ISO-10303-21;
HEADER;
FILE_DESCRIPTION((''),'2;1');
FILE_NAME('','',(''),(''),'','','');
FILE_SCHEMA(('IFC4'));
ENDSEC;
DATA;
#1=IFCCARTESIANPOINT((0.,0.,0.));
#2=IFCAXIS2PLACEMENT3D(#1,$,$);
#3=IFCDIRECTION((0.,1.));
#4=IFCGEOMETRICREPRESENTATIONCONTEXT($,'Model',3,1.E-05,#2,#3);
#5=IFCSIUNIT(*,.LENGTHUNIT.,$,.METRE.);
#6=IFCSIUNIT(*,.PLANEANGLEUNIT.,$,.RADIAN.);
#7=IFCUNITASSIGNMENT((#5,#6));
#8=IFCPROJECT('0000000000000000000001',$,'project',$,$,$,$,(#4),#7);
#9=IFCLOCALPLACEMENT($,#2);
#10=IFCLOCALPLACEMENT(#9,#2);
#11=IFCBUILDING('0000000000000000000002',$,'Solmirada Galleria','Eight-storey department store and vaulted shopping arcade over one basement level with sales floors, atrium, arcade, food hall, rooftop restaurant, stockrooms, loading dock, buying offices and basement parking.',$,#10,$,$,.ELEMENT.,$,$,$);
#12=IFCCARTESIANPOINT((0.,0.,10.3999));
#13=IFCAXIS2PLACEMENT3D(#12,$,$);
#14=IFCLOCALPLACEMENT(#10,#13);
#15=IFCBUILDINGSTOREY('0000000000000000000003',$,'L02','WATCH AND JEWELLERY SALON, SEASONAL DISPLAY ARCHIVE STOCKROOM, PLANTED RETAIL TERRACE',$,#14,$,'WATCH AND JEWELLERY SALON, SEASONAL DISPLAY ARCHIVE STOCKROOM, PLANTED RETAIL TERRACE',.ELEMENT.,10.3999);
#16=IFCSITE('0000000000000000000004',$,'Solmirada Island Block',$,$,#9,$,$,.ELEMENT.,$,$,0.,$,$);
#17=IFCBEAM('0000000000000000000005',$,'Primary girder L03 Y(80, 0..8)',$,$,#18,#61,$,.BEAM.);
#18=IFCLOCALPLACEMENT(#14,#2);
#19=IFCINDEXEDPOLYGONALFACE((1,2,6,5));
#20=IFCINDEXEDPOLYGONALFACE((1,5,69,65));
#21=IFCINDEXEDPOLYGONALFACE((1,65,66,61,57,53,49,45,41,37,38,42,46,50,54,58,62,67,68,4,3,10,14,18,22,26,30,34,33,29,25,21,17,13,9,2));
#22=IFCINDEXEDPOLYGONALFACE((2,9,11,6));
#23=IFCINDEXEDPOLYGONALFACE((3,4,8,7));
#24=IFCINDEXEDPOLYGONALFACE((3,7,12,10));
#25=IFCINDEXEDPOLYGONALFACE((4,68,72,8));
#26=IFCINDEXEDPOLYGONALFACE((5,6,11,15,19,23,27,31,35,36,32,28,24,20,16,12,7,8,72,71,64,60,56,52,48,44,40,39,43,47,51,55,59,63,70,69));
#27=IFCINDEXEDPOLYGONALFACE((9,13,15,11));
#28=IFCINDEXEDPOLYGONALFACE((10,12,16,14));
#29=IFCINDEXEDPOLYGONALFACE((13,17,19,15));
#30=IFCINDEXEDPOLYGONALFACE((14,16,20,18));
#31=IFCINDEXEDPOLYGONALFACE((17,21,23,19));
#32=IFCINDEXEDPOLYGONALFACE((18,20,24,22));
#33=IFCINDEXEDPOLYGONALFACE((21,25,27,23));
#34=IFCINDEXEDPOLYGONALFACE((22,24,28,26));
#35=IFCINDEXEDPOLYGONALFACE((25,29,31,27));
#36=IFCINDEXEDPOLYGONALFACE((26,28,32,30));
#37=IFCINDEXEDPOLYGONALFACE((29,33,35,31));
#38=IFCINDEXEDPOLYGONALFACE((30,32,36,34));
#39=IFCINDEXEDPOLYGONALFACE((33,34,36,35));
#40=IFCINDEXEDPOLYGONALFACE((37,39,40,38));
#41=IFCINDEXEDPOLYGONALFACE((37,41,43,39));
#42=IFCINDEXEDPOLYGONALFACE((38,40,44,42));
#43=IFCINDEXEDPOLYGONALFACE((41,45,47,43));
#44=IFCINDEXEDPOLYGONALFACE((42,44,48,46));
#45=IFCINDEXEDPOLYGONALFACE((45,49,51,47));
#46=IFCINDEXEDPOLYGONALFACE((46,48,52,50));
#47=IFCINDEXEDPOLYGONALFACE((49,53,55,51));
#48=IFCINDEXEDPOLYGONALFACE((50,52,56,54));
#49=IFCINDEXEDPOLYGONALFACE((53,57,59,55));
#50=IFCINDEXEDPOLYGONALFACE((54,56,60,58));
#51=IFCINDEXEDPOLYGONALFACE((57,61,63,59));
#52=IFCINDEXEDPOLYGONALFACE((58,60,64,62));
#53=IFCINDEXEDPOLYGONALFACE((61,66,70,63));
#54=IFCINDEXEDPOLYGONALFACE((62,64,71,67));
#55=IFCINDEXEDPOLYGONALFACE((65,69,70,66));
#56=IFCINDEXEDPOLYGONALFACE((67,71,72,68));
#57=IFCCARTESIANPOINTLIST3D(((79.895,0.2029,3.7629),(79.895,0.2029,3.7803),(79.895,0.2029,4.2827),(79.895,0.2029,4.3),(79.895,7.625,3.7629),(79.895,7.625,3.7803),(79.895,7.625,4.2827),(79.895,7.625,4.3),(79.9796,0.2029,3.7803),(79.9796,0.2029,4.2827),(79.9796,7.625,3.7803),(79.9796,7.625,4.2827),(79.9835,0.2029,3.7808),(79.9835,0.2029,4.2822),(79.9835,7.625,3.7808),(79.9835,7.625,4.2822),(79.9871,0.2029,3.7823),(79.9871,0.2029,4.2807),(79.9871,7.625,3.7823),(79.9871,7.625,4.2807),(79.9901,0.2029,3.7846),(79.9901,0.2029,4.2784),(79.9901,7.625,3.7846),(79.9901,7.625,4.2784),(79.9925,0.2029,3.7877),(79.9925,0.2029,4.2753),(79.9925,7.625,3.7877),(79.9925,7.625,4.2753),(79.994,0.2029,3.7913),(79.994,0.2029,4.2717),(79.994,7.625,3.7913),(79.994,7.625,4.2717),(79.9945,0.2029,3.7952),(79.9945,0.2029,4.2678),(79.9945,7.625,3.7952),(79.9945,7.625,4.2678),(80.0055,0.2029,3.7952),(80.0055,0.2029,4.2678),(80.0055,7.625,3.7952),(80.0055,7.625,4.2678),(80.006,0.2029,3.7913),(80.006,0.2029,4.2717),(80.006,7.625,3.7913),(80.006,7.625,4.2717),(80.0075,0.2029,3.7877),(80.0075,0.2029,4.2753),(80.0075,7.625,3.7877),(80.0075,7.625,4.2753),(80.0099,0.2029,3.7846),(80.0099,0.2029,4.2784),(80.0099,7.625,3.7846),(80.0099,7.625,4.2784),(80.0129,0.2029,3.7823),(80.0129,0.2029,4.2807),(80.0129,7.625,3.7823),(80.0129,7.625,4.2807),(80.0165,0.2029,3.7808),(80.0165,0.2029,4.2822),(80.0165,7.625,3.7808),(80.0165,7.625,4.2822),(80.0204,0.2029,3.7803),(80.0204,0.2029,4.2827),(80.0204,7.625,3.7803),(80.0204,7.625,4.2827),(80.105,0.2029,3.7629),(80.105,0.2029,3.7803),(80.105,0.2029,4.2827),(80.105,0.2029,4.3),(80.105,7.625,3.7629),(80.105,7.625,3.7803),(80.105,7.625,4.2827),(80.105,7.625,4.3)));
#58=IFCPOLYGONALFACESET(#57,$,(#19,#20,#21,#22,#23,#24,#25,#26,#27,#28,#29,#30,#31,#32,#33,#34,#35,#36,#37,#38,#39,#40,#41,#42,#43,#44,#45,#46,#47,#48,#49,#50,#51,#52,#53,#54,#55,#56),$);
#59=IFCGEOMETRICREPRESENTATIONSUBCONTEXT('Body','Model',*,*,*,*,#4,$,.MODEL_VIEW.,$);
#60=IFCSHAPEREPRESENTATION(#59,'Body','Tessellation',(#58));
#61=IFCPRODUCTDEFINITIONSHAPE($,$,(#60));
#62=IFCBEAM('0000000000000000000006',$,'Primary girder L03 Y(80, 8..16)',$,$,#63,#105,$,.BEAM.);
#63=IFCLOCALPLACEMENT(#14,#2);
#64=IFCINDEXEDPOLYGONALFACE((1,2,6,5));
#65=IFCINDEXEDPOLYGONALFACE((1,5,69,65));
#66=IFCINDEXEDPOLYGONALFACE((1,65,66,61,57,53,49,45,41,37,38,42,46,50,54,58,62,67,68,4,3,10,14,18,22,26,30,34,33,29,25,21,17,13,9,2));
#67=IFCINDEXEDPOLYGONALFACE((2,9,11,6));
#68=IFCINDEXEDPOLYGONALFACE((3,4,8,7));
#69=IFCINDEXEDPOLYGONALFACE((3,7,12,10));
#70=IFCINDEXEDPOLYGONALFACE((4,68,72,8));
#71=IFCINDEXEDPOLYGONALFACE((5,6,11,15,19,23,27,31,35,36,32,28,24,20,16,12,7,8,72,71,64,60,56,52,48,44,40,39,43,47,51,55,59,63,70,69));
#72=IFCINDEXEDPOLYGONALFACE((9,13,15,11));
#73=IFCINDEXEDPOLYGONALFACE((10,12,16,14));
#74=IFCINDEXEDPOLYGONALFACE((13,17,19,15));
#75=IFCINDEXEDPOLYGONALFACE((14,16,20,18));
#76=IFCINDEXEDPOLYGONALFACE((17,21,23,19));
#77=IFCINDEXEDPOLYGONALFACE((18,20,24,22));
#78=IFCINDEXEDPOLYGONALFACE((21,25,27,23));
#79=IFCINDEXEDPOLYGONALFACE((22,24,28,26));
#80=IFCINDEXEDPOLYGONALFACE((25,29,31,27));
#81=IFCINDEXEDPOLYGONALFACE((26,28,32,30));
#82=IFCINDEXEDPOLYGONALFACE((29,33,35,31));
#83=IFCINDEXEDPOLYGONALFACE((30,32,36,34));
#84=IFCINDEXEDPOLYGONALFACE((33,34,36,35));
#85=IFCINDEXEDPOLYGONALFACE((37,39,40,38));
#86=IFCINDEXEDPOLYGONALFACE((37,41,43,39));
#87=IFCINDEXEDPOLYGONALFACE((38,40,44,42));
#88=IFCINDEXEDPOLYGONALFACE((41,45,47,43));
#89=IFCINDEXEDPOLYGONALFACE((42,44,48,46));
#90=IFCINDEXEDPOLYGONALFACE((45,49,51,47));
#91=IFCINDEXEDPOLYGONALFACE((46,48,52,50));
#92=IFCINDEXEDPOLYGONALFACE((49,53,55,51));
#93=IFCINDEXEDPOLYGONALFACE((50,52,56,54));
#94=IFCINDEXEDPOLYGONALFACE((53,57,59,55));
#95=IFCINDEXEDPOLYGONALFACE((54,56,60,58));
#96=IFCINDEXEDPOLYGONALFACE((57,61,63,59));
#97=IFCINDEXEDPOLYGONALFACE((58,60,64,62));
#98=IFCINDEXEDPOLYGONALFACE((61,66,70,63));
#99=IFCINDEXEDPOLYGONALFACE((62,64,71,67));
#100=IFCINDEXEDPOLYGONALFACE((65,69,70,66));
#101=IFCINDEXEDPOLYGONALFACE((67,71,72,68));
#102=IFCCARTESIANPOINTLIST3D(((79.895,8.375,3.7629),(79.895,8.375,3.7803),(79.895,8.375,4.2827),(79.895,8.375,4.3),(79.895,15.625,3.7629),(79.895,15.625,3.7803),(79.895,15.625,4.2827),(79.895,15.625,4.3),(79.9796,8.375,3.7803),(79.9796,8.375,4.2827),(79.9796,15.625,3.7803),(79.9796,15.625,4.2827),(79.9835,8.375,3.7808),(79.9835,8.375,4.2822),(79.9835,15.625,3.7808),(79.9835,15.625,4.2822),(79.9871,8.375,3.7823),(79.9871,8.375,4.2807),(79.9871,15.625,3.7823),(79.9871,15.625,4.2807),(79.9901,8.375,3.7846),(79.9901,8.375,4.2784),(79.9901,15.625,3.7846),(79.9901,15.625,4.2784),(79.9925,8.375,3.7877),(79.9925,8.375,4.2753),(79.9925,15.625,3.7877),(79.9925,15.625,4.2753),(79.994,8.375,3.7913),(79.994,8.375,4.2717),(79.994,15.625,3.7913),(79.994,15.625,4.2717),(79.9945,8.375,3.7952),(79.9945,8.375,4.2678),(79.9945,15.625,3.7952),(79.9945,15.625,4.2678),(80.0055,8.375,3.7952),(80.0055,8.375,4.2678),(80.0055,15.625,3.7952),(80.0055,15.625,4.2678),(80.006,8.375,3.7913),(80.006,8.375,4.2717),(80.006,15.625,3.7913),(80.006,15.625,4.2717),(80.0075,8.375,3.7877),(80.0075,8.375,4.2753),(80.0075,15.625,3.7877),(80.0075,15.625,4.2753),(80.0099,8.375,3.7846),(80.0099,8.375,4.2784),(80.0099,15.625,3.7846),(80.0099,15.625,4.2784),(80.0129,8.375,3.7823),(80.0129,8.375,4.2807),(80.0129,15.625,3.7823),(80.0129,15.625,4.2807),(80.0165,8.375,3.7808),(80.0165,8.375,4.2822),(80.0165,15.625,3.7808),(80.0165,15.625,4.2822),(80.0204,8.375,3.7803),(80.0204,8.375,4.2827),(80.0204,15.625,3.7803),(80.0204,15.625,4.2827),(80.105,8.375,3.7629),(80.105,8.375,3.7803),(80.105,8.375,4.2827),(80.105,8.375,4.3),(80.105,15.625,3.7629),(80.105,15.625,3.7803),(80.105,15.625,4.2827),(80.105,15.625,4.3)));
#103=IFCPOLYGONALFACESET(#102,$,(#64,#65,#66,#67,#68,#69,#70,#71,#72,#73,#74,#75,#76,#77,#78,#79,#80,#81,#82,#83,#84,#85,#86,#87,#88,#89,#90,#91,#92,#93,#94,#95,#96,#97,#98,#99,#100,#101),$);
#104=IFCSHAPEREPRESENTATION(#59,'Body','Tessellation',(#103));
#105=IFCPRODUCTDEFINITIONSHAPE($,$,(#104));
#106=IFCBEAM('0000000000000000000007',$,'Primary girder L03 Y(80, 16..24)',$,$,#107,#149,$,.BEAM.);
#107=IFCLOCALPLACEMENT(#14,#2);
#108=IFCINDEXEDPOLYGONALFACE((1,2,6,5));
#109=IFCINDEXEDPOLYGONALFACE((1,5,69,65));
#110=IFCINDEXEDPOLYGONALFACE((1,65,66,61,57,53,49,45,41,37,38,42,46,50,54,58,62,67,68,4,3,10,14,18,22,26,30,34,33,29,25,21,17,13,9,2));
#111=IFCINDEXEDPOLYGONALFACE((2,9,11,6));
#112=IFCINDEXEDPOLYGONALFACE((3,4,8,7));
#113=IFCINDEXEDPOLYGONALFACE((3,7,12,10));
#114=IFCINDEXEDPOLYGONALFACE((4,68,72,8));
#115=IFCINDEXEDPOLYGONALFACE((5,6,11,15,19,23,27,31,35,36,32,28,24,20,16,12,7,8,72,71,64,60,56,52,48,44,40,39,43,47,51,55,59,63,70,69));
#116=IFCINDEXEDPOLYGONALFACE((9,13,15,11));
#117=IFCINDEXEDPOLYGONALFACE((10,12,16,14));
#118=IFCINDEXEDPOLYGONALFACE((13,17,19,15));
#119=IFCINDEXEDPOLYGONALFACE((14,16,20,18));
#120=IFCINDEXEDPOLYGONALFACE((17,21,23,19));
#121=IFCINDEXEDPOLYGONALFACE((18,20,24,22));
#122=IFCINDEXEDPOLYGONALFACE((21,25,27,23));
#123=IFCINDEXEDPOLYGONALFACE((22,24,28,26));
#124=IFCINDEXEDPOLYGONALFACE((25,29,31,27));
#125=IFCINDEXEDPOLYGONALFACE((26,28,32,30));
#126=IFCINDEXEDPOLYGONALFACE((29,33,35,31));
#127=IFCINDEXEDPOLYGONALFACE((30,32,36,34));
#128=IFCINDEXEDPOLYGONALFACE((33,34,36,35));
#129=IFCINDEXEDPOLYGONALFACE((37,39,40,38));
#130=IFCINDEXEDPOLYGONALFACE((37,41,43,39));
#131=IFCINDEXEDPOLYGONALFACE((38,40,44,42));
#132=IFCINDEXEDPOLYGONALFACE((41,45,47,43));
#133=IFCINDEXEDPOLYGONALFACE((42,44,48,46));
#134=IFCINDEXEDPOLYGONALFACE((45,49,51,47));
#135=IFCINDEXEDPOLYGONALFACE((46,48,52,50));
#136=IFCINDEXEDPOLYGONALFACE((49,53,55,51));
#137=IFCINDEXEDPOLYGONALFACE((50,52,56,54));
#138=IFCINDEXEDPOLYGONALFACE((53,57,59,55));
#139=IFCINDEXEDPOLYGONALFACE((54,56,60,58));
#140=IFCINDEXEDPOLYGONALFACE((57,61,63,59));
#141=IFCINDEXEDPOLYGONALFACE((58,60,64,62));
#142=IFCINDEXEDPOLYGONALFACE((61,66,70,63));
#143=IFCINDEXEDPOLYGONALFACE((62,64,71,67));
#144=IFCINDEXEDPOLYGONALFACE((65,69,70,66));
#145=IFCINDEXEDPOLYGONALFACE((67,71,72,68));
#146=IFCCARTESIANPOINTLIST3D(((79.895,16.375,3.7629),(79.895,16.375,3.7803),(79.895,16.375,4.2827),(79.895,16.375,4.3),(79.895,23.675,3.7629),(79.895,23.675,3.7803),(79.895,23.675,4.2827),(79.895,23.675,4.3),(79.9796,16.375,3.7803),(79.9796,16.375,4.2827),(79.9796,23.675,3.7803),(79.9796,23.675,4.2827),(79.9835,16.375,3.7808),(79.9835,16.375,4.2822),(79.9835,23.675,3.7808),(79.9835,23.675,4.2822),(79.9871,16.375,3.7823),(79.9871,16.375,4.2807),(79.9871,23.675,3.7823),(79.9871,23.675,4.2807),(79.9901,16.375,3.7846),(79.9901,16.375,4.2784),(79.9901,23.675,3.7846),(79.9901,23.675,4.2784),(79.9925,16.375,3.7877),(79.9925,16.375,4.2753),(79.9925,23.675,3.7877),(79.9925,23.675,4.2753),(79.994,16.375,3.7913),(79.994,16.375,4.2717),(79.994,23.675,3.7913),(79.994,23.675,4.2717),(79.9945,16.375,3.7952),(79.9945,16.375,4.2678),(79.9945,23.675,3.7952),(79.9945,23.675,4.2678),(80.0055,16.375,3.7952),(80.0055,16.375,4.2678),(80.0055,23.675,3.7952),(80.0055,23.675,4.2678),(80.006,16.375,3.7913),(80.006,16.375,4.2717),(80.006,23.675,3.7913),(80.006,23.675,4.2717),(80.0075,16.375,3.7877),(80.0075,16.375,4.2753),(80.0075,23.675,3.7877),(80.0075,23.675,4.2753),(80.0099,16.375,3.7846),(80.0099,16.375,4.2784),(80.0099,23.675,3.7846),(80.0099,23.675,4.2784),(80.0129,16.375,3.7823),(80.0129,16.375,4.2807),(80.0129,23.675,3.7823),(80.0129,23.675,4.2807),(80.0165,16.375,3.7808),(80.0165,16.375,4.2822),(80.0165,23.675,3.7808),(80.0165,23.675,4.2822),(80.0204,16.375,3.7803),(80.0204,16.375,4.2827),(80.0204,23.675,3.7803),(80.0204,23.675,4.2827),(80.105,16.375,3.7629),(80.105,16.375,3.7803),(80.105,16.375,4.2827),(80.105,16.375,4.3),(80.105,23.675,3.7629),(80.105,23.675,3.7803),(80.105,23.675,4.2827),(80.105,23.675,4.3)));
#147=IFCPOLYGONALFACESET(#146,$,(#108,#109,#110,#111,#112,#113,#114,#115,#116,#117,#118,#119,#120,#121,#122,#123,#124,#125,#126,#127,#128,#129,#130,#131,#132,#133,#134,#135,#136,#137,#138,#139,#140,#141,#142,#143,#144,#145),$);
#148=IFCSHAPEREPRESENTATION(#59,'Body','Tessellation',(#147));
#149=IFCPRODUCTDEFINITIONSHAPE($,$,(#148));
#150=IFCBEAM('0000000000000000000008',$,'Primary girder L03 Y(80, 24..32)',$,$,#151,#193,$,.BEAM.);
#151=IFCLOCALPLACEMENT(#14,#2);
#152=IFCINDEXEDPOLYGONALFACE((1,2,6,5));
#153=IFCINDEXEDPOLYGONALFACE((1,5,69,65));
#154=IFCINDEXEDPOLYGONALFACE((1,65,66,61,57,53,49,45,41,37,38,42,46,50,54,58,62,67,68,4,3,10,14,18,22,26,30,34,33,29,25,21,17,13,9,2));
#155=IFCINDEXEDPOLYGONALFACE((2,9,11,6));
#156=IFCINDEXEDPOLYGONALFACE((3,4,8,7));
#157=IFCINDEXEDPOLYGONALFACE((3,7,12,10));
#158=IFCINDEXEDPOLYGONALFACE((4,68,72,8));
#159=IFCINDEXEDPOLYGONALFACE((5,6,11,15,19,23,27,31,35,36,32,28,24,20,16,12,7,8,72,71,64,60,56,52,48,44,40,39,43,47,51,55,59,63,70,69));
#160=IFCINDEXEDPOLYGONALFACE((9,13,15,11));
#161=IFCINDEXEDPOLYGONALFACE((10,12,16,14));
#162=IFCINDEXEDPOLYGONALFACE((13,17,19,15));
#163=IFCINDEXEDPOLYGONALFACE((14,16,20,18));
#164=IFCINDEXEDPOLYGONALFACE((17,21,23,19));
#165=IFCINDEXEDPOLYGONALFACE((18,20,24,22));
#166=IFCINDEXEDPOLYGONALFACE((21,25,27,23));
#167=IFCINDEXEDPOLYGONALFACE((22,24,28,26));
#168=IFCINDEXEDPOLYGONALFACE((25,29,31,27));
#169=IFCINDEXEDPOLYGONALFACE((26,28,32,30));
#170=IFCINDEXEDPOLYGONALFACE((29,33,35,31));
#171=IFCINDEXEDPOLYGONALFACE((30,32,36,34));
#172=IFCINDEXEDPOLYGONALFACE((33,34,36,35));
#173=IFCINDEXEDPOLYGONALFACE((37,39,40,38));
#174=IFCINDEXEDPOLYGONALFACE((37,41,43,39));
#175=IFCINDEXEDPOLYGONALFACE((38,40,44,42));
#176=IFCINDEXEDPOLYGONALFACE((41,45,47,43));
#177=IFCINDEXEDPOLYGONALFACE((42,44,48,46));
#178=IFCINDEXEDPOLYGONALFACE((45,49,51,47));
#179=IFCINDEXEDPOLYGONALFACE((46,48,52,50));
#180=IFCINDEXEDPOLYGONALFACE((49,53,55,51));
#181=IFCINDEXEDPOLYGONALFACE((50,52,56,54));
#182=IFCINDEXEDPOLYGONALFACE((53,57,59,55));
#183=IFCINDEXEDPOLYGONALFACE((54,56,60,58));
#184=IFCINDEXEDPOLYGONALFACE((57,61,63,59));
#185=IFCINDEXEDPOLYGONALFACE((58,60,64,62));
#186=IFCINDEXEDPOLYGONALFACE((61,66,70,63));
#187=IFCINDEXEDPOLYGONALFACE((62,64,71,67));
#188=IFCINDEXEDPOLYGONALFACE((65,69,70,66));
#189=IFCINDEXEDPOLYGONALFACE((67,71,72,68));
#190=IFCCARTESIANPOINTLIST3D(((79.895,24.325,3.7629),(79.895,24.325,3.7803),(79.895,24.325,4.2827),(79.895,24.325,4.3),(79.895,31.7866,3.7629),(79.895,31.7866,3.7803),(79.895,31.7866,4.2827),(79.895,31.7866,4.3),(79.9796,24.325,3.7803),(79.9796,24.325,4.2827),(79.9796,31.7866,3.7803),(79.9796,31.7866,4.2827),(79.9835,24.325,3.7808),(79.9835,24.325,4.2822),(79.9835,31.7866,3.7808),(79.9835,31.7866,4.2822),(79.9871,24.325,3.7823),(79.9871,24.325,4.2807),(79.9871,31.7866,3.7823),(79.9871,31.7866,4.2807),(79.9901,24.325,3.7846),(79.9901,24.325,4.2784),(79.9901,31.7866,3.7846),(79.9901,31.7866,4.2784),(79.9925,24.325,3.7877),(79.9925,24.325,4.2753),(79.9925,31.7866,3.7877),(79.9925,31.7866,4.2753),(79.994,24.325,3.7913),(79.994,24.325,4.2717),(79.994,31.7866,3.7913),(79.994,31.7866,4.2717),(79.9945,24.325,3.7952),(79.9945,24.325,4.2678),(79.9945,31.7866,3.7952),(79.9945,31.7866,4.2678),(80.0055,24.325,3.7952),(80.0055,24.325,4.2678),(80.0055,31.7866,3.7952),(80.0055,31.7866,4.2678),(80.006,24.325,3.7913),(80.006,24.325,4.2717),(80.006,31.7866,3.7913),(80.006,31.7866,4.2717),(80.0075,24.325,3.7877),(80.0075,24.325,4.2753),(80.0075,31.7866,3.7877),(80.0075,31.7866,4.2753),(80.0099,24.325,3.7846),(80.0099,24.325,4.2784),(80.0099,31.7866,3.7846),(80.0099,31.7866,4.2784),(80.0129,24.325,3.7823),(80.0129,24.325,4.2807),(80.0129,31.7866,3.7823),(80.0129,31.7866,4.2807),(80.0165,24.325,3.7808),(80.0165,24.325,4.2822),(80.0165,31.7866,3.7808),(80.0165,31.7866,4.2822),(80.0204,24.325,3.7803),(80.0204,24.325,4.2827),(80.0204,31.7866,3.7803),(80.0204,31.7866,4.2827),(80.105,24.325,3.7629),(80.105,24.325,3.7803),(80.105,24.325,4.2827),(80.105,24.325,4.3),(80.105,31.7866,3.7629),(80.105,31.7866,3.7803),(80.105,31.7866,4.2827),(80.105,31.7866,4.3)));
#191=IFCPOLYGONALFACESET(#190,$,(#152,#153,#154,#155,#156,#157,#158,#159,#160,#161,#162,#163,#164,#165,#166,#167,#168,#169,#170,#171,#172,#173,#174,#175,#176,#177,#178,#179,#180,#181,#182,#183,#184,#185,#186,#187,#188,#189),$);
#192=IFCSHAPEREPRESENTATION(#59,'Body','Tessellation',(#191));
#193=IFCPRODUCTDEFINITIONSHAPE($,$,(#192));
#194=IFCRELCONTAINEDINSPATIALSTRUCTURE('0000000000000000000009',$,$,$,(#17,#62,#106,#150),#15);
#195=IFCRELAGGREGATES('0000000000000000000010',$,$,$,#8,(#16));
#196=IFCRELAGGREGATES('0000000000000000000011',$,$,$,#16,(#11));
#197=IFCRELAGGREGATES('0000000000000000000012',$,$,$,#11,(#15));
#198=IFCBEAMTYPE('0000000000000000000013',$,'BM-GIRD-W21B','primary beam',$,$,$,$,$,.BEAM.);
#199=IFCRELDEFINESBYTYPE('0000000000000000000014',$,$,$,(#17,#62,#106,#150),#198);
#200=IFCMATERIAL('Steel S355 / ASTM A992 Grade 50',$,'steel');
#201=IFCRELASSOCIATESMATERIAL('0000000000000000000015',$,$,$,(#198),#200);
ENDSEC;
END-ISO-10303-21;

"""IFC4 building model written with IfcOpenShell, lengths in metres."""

from ifc_helpers import new_model, si_unit, direction, frame, origin, origin_2d, place, context, subcontext, project, spatial, i_section, extrude, material, material_profile, profile_set, type_object, element, save


model = new_model("IFC4")

# Units and contexts
model_context = context("Model", 3, precision=1e-05, world=origin(), true_north=direction((0.0, 1.0)))
body_context = subcontext(model_context, "Body", "Model", "MODEL_VIEW")
ifc_project = project(units=[si_unit("LENGTHUNIT", "METRE"), si_unit("PLANEANGLEUNIT", "RADIAN")], contexts=[model_context])

# Site, building, storey
site_placement = place(None, origin())
site = spatial("IfcSite", under=ifc_project, at=site_placement, Name="Solmirada Island Block", CompositionType="ELEMENT", RefElevation=0.0)
building_placement = place(site_placement, origin())
building = spatial("IfcBuilding", under=site, at=building_placement, Name="Solmirada Galleria", Description="Eight-storey department store and vaulted shopping arcade over one basement level with sales floors, atrium, arcade, food hall, rooftop restaurant, stockrooms, loading dock, buying offices and basement parking.", CompositionType="ELEMENT")
storey_placement = place(building_placement, frame((0.0, 0.0, 10.3999)))
storey = spatial("IfcBuildingStorey", under=building, at=storey_placement, Name="L02", Description="WATCH AND JEWELLERY SALON, SEASONAL DISPLAY ARCHIVE STOCKROOM, PLANTED RETAIL TERRACE", LongName="WATCH AND JEWELLERY SALON, SEASONAL DISPLAY ARCHIVE STOCKROOM, PLANTED RETAIL TERRACE", CompositionType="ELEMENT", Elevation=10.3999)

# Beams
ifc_material_1 = material(Name="Steel S355 / ASTM A992 Grade 50", Category="steel")
ifc_material_profile_1 = material_profile(ifc_material_1, i_section(OverallWidth=0.21, OverallDepth=0.5371, WebThickness=0.011, FlangeThickness=0.0173, FilletRadius=0.0149, at=origin_2d()), Name="W21X68")
ifc_profile_set_1 = profile_set([ifc_material_profile_1], Name="Steel S355 / ASTM A992 Grade 50")
beam_type = type_object("IfcBeamType", Name="BM-GIRD-W21B", Description="primary beam", PredefinedType="BEAM", material=ifc_profile_set_1)
beam_1_placement = place(storey_placement, frame((80.0, 0.2029, 4.0315), z_axis=(0.0, 1.0, 0.0), x_axis=(-1.0, 0.0, 0.0)))
element("IfcBeam", 1, at=beam_1_placement, inside=storey, type_object=beam_type, Name="Primary girder L03 Y(80, 0..8)", PredefinedType="BEAM", context=body_context, shape_type="SweptSolid", body=[
    extrude(i_section(OverallWidth=0.21, OverallDepth=0.5371, WebThickness=0.011, FlangeThickness=0.0173, FilletRadius=0.0149, at=origin_2d()), origin(), (0.0, 0.0, 1.0), 7.4221),
])
beam_2_placement = place(storey_placement, frame((80.0, 8.375, 4.0315), z_axis=(0.0, 1.0, 0.0), x_axis=(-1.0, 0.0, 0.0)))
element("IfcBeam", 2, at=beam_2_placement, inside=storey, type_object=beam_type, Name="Primary girder L03 Y(80, 8..16)", PredefinedType="BEAM", context=body_context, shape_type="SweptSolid", body=[
    extrude(i_section(OverallWidth=0.21, OverallDepth=0.5371, WebThickness=0.011, FlangeThickness=0.0173, FilletRadius=0.0149, at=origin_2d()), origin(), (0.0, 0.0, 1.0), 7.25),
])
beam_3_placement = place(storey_placement, frame((80.0, 16.375, 4.0315), z_axis=(0.0, 1.0, 0.0), x_axis=(-1.0, 0.0, 0.0)))
element("IfcBeam", 3, at=beam_3_placement, inside=storey, type_object=beam_type, Name="Primary girder L03 Y(80, 16..24)", PredefinedType="BEAM", context=body_context, shape_type="SweptSolid", body=[
    extrude(i_section(OverallWidth=0.21, OverallDepth=0.5371, WebThickness=0.011, FlangeThickness=0.0173, FilletRadius=0.0149, at=origin_2d()), origin(), (0.0, 0.0, 1.0), 7.3),
])
beam_4_placement = place(storey_placement, frame((80.0, 24.325, 4.0315), z_axis=(0.0, 1.0, 0.0), x_axis=(-1.0, 0.0, 0.0)))
element("IfcBeam", 4, at=beam_4_placement, inside=storey, type_object=beam_type, Name="Primary girder L03 Y(80, 24..32)", PredefinedType="BEAM", context=body_context, shape_type="SweptSolid", body=[
    extrude(i_section(OverallWidth=0.21, OverallDepth=0.5371, WebThickness=0.011, FlangeThickness=0.0173, FilletRadius=0.0149, at=origin_2d()), origin(), (0.0, 0.0, 1.0), 7.4617),
])

save(model, "model.ifc")
